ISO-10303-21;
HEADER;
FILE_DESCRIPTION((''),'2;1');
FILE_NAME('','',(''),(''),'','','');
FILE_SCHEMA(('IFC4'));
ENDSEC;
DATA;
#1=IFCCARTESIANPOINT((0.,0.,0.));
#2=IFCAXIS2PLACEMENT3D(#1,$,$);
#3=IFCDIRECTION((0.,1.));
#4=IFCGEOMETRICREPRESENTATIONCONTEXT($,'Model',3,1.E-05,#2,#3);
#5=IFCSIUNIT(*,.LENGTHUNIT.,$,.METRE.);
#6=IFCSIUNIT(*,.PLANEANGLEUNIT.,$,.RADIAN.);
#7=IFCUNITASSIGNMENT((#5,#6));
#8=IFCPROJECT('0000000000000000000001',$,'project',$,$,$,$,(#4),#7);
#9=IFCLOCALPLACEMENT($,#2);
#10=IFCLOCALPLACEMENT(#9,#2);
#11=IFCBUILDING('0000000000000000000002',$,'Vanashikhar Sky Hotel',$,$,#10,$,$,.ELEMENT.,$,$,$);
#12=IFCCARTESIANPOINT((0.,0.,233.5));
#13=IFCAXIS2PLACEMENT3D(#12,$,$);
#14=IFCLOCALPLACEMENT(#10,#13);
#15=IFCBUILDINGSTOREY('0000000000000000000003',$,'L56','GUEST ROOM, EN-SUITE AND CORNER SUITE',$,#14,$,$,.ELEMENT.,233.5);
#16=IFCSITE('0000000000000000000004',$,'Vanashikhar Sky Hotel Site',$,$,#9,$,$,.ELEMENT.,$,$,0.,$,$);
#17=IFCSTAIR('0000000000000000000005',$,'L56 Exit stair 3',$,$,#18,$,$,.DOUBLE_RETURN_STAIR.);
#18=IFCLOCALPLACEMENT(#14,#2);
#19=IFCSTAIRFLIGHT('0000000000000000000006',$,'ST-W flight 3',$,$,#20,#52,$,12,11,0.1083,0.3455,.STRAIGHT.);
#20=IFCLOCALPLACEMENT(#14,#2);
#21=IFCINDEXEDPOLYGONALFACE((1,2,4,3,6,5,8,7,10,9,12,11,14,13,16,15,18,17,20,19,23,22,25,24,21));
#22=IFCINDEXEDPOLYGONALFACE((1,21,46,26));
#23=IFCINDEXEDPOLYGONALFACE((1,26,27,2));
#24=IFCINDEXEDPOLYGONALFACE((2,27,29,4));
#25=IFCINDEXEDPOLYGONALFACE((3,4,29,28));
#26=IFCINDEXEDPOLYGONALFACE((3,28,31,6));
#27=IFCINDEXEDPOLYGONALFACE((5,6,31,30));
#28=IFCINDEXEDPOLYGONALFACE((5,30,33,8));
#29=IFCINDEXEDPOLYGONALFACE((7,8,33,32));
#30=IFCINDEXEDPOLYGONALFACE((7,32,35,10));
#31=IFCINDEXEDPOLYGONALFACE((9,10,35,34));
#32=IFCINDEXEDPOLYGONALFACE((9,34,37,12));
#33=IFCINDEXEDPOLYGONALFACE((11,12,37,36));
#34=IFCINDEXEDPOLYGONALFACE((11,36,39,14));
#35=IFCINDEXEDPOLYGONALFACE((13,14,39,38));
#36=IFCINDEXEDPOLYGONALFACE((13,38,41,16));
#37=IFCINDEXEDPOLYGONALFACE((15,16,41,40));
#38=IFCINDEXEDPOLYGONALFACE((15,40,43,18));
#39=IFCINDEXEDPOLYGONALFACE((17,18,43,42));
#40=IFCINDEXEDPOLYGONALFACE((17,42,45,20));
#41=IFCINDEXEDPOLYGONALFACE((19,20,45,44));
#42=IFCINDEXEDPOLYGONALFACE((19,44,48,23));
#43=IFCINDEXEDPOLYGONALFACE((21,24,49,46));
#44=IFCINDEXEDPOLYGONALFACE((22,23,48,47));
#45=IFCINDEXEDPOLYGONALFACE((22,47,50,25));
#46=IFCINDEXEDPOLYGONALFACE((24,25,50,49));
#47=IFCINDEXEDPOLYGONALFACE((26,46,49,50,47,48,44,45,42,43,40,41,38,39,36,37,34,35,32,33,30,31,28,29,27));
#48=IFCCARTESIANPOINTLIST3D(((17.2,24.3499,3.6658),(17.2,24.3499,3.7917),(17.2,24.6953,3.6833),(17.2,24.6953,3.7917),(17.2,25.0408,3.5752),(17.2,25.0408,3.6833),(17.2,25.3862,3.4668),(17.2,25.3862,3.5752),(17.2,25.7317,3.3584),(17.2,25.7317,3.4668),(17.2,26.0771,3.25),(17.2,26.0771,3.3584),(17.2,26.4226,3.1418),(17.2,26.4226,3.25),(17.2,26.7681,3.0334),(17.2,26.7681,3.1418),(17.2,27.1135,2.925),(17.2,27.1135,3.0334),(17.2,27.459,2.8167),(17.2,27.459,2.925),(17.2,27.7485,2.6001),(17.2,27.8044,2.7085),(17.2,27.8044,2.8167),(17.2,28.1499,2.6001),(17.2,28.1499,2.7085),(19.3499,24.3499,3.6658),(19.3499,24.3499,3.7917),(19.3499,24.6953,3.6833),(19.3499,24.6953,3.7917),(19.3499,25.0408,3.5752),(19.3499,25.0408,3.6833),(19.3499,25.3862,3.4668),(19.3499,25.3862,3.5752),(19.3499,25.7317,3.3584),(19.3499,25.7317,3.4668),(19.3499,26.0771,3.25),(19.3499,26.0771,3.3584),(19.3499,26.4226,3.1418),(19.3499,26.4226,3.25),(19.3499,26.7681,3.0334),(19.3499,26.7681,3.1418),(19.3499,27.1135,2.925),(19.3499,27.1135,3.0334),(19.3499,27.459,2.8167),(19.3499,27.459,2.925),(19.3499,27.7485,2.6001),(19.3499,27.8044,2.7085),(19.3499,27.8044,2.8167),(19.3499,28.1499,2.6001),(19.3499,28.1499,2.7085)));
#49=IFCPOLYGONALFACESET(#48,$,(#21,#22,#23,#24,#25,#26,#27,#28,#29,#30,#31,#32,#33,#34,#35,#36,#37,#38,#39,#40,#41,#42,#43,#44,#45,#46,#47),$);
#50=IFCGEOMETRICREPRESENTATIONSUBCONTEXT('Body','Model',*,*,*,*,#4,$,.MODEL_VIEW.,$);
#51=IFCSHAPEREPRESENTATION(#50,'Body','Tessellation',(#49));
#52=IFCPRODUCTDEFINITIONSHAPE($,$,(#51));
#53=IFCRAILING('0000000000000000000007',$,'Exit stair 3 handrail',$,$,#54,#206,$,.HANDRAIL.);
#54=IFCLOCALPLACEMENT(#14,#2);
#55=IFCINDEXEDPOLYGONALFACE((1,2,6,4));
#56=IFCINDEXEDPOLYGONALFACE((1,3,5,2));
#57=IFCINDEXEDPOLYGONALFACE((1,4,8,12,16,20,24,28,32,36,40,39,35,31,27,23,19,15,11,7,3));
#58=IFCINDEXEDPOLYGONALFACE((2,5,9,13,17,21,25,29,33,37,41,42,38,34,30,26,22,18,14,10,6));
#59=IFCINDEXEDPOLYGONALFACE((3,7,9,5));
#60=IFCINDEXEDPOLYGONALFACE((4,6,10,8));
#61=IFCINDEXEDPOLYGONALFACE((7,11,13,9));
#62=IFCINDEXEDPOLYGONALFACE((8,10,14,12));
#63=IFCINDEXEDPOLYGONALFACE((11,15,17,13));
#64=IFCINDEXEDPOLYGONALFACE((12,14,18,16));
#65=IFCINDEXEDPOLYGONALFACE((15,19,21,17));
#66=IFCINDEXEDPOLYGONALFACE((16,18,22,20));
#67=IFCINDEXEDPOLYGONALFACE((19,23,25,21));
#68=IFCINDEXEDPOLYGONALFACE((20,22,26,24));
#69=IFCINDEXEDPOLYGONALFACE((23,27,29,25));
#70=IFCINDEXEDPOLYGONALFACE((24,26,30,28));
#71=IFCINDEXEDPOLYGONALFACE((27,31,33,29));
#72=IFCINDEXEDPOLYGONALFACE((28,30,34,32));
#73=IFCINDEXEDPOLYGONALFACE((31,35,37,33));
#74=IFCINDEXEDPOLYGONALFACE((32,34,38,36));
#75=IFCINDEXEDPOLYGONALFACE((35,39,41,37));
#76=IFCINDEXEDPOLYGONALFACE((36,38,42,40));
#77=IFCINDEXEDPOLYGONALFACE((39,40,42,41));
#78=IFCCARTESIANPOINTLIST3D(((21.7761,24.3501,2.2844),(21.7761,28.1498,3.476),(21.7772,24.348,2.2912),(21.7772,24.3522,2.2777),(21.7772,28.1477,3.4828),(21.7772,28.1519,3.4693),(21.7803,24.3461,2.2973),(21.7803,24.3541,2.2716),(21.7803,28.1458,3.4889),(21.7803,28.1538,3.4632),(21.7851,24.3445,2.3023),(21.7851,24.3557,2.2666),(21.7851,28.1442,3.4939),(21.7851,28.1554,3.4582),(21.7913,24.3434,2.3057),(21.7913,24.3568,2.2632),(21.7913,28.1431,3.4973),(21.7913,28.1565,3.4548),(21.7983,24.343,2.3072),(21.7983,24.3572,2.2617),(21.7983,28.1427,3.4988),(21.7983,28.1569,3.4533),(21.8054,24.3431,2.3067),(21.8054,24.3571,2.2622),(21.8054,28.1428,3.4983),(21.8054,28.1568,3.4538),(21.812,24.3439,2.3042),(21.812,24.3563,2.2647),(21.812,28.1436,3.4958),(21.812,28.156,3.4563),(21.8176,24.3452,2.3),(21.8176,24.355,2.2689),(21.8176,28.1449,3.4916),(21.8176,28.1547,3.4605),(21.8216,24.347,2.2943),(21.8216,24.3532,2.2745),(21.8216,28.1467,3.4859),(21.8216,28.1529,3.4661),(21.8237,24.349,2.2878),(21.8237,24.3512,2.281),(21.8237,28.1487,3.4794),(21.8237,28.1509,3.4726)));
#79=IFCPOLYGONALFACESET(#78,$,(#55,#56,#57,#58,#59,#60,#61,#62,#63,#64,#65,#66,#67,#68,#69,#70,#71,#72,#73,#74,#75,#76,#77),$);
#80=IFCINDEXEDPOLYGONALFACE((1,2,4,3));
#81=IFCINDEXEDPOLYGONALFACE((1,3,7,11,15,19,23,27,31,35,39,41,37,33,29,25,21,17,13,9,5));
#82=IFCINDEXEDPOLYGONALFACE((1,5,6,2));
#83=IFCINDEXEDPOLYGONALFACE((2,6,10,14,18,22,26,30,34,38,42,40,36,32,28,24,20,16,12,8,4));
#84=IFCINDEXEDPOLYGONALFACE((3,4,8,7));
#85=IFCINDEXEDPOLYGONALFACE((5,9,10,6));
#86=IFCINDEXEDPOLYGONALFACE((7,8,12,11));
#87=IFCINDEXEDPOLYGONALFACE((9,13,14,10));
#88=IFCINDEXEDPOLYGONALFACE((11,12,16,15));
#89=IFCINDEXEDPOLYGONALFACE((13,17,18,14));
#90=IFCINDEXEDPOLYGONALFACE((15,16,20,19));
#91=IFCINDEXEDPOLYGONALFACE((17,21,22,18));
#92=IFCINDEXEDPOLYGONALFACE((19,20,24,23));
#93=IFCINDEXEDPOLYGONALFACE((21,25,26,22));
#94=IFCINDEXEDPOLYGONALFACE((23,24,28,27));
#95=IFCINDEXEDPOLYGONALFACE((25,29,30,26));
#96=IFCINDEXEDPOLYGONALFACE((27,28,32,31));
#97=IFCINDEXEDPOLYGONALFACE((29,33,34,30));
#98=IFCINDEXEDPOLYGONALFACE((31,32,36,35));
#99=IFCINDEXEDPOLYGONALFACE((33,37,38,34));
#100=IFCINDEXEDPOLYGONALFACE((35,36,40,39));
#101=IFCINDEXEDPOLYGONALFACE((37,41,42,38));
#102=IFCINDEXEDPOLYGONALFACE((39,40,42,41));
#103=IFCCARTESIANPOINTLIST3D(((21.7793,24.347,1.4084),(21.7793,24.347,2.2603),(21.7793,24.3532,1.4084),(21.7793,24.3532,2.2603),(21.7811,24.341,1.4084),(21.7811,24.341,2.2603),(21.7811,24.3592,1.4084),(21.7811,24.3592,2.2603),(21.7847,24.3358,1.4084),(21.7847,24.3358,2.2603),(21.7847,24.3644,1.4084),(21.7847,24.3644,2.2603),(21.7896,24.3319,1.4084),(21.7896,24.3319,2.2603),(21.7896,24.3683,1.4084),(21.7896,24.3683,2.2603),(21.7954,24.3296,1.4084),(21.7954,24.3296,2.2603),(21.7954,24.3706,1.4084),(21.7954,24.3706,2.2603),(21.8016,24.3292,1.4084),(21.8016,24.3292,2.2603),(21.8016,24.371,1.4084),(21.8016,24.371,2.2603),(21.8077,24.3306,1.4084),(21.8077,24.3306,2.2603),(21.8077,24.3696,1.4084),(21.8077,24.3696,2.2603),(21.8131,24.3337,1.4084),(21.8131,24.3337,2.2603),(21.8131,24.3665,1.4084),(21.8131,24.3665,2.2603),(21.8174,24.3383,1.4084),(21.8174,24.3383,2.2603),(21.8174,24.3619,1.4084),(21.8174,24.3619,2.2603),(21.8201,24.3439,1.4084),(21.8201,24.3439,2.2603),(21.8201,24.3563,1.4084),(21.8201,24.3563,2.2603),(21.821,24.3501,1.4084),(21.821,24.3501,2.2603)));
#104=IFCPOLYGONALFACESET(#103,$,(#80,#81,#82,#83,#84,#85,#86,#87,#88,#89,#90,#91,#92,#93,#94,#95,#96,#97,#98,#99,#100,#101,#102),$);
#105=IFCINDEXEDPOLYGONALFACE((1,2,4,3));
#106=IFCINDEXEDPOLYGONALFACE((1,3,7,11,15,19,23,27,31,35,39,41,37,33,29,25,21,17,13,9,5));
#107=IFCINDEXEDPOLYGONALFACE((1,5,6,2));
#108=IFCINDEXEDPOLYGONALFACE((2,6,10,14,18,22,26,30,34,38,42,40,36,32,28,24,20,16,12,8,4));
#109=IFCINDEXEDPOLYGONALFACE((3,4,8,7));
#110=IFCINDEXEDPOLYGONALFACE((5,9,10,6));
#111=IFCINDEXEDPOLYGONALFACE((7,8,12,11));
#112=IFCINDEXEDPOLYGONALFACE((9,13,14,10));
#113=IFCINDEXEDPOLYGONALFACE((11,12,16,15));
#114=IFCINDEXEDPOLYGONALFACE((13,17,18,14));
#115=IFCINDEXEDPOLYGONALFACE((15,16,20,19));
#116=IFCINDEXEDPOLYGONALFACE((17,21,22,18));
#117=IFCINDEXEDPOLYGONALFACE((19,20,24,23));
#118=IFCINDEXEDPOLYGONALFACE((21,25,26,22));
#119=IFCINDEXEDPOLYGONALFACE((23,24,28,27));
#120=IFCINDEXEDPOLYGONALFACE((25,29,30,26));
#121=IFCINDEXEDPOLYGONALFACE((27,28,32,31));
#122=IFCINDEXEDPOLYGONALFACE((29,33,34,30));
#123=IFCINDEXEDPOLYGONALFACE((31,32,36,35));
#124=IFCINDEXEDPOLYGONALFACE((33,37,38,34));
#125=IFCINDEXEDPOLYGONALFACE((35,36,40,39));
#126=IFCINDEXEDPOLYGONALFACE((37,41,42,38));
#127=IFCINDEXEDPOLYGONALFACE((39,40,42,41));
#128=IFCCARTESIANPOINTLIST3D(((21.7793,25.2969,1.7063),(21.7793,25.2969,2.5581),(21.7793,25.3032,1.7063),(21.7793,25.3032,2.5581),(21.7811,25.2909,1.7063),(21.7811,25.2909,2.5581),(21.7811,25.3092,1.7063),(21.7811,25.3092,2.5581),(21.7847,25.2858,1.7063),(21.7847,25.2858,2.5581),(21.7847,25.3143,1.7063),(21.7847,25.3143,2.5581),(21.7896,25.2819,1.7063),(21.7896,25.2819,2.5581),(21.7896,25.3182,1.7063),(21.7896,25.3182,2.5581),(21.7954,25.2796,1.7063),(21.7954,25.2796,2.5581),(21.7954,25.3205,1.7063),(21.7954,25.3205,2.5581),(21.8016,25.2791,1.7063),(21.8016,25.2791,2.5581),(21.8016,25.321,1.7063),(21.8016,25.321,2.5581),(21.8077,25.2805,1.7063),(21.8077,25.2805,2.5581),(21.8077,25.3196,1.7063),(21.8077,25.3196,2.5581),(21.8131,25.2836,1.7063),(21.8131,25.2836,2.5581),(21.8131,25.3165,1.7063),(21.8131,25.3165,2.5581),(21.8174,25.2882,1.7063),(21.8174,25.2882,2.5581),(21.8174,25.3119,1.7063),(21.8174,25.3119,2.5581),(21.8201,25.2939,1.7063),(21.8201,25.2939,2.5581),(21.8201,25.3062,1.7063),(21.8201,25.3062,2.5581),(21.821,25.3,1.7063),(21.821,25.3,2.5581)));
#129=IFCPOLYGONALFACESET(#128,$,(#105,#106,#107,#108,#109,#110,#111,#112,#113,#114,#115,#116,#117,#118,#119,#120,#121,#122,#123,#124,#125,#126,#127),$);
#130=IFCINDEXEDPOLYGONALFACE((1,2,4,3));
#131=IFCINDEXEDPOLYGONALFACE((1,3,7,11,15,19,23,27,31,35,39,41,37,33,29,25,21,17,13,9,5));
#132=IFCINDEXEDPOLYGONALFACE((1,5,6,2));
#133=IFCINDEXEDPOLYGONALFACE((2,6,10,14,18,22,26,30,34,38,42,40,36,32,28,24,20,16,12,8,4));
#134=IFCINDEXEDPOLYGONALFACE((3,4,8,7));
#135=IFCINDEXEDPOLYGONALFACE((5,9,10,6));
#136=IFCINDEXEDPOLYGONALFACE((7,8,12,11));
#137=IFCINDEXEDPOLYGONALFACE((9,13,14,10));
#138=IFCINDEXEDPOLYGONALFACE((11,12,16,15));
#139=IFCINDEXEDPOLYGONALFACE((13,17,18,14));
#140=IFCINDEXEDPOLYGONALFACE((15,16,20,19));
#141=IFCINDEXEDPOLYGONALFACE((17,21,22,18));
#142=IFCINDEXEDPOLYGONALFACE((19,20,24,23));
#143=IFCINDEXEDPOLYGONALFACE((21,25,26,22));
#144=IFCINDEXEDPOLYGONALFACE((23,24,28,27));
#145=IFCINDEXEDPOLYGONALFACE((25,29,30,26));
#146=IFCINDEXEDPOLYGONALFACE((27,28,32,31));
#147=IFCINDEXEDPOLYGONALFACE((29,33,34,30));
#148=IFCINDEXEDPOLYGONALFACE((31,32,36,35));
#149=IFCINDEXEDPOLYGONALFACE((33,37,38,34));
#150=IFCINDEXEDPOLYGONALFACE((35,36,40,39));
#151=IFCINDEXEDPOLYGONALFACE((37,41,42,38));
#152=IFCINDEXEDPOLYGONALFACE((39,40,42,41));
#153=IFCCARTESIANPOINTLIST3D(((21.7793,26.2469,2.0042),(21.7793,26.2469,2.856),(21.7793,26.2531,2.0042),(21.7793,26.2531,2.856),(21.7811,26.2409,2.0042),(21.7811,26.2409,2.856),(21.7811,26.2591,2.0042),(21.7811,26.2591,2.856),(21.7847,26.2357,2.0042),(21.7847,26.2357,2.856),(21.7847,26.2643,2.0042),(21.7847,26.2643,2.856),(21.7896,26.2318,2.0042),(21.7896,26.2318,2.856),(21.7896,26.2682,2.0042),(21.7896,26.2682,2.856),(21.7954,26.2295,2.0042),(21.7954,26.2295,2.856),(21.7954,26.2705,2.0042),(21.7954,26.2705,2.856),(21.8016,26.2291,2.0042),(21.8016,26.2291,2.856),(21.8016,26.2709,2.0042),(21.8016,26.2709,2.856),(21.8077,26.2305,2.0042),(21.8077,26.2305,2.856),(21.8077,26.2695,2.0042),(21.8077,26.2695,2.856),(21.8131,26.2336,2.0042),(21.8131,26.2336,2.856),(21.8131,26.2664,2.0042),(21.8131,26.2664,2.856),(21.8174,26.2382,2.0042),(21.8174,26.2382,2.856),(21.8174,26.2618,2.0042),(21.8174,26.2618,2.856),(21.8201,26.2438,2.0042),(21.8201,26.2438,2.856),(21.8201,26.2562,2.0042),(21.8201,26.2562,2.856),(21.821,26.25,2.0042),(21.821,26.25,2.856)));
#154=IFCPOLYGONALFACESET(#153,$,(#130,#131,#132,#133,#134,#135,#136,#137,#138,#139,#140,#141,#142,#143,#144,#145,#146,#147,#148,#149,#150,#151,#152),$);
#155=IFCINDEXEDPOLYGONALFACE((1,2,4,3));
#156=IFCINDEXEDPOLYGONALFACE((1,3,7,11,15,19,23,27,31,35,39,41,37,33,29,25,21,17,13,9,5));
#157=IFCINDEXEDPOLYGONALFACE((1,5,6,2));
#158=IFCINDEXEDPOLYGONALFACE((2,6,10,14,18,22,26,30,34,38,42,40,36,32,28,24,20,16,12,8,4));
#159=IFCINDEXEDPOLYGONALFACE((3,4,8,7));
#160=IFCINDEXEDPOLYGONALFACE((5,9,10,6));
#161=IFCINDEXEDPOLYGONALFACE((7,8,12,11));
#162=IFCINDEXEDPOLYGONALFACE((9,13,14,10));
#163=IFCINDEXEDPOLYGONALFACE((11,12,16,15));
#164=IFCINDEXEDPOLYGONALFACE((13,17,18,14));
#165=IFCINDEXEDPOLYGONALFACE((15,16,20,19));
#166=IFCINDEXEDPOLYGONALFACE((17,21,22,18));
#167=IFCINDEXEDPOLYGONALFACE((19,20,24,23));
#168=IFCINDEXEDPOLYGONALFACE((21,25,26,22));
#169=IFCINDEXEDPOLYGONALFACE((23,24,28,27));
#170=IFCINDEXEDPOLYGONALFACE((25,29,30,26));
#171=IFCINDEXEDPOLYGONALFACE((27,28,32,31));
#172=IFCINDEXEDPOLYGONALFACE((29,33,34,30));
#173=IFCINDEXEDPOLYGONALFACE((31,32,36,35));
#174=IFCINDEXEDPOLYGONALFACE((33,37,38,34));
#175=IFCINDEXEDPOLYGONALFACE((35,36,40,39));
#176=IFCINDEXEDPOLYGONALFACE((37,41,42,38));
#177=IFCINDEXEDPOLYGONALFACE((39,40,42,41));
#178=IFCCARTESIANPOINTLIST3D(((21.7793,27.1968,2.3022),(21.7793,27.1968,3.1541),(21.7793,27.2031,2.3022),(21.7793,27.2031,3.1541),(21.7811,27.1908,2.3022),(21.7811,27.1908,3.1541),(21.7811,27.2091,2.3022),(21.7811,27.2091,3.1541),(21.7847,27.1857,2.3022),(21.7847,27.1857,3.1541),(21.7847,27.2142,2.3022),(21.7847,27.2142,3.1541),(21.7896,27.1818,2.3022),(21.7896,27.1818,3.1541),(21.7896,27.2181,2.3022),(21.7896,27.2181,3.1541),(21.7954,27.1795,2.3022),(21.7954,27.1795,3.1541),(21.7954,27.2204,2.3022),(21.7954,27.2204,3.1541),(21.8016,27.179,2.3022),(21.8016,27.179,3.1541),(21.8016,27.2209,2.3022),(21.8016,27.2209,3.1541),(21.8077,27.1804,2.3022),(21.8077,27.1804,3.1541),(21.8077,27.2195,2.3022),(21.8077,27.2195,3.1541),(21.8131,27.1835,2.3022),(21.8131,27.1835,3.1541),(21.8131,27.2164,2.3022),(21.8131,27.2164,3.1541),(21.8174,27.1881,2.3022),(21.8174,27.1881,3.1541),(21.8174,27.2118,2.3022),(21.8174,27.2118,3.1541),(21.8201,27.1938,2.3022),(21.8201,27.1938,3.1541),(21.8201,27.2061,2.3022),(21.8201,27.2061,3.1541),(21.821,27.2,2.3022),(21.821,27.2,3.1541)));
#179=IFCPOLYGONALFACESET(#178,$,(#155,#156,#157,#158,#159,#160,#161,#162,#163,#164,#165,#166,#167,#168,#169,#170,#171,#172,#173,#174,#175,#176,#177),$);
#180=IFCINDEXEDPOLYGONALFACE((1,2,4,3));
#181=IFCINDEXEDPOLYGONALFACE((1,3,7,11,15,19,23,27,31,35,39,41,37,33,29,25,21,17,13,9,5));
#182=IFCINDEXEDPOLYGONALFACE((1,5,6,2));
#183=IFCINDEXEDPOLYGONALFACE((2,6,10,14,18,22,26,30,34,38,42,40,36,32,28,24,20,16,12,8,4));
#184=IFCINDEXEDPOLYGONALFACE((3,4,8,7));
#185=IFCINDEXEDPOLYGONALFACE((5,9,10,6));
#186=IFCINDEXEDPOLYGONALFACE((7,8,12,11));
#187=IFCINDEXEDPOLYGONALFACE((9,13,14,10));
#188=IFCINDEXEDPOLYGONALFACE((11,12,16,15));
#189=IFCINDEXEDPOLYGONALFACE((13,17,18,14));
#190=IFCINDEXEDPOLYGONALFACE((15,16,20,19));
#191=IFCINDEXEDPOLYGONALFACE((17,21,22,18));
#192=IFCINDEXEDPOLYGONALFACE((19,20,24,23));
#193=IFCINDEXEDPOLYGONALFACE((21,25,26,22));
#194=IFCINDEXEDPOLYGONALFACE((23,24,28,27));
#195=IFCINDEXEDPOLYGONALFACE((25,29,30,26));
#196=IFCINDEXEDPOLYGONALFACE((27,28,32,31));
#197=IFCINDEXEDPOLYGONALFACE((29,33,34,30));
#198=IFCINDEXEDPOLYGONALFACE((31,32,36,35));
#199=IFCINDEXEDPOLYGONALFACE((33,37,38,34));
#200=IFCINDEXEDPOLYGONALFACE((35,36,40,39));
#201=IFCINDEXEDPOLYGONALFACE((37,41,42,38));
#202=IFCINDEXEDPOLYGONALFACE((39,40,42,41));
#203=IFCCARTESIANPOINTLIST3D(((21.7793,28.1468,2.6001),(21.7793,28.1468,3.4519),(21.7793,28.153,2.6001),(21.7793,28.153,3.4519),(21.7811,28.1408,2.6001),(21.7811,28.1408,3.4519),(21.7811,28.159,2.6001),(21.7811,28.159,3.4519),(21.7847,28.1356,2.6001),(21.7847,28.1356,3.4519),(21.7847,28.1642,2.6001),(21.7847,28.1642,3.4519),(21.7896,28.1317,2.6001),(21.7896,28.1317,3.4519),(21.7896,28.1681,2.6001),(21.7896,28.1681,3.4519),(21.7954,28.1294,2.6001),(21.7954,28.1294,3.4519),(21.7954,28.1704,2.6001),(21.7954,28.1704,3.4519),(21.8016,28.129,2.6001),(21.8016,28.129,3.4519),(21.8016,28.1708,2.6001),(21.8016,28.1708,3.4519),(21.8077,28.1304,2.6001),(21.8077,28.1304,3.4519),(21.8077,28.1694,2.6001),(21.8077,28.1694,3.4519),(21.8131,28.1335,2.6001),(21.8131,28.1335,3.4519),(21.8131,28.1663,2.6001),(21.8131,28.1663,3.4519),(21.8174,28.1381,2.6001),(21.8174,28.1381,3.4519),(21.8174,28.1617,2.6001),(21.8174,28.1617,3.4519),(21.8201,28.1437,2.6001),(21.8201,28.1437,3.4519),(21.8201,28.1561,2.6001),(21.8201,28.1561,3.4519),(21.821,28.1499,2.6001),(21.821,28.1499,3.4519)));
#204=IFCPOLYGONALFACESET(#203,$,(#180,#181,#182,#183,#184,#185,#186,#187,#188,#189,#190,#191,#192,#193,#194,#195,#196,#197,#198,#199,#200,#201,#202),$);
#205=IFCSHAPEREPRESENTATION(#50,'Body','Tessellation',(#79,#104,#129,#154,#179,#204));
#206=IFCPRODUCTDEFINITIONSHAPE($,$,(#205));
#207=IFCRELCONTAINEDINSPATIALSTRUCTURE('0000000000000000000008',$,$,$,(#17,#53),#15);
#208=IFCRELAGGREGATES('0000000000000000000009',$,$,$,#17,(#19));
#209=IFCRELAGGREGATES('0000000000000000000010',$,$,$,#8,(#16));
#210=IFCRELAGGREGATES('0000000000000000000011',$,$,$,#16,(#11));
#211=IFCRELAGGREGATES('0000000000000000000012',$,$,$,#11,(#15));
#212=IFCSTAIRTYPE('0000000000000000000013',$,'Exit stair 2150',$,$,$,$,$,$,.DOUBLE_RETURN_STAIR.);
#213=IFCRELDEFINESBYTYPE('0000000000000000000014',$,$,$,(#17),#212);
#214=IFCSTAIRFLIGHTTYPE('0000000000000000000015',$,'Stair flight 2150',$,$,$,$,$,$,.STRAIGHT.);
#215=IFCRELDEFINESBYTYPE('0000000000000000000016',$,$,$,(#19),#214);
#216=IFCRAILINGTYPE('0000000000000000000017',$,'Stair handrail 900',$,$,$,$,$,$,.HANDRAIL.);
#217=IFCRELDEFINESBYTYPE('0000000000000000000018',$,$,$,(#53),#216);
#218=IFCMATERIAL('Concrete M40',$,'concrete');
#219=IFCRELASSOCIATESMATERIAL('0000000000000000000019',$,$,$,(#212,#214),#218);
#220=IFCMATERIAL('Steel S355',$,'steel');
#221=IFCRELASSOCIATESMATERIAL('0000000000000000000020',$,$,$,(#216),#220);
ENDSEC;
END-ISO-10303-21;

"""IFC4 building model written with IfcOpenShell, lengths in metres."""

from ifc_helpers import new_model, si_unit, direction, frame, origin, origin_2d, place, context, subcontext, project, spatial, polyline, circle, outline, extrude, source, transform, mapped, material, type_object, element, aggregate, save


model = new_model("IFC4")

# Units and contexts
model_context = context("Model", 3, precision=1e-05, world=origin(), true_north=direction((0.0, 1.0)))
body_context = subcontext(model_context, "Body", "Model", "MODEL_VIEW")
ifc_project = project(units=[si_unit("LENGTHUNIT", "METRE"), si_unit("PLANEANGLEUNIT", "RADIAN")], contexts=[model_context])

# Site, building, storey
site_placement = place(None, origin())
site = spatial("IfcSite", under=ifc_project, at=site_placement, Name="Vanashikhar Sky Hotel Site", CompositionType="ELEMENT", RefElevation=0.0)
building_placement = place(site_placement, origin())
building = spatial("IfcBuilding", under=site, at=building_placement, Name="Vanashikhar Sky Hotel", CompositionType="ELEMENT")
storey_placement = place(building_placement, frame((0.0, 0.0, 233.5)))
storey = spatial("IfcBuildingStorey", under=building, at=storey_placement, Name="L56", Description="GUEST ROOM, EN-SUITE AND CORNER SUITE", CompositionType="ELEMENT", Elevation=233.5)

# Stair, stair flight
ifc_material_1 = material(Name="Concrete M40", Category="concrete")
stair_type = type_object("IfcStairType", Name="Exit stair 2150", PredefinedType="DOUBLE_RETURN_STAIR", material=ifc_material_1)
stair_placement = place(storey_placement, origin())
stair = element("IfcStair", 1, at=stair_placement, inside=storey, type_object=stair_type, Name="L56 Exit stair 3", PredefinedType="DOUBLE_RETURN_STAIR")
stair_flight_type = type_object("IfcStairFlightType", Name="Stair flight 2150", PredefinedType="STRAIGHT", material=ifc_material_1)
shared_shape_1 = source(origin(), body_context, "Body", "SweptSolid", [
    extrude(outline(polyline([(0.0, 0.0), (0.0, 0.1084), (0.3455, 0.1084), (0.3455, 0.2166), (0.6909, 0.2166), (0.6909, 0.325), (1.0364, 0.325), (1.0364, 0.4333), (1.3818, 0.4333), (1.3818, 0.5417), (1.7273, 0.5417), (1.7273, 0.6499), (2.0728, 0.6499), (2.0728, 0.7583), (2.4182, 0.7583), (2.4182, 0.8667), (2.7637, 0.8667), (2.7637, 0.9751), (3.1091, 0.9751), (3.1091, 1.0833), (3.4546, 1.0833), (3.4546, 1.1917), (3.8, 1.1917), (3.8, 1.3), (3.8, 1.0657), (0.4014, 0.0), (0.0, 0.0)])), frame((0.0, 1.075, 0.0), z_axis=(0.0, -1.0, 0.0), x_axis=(1.0, 0.0, 0.0)), (0.0, 0.0, 1.0), 2.1499),
])
stair_flight_1_placement = place(storey_placement, frame((18.2749, 28.1499, 2.6001), z_axis=(0.0, 0.0, 1.0), x_axis=(0.0, -1.0, 0.0)))
stair_flight_1 = element("IfcStairFlight", 2, at=stair_flight_1_placement, type_object=stair_flight_type, Name="ST-W flight 3", NumberOfRisers=12, NumberOfTreads=11, PredefinedType="STRAIGHT", RiserHeight=0.1083, TreadLength=0.3455, context=body_context, shape_type="MappedRepresentation", body=[
    mapped(shared_shape_1, transform((0.0, 0.0, 0.0), scale=1.0)),
])
aggregate(stair, [stair_flight_1])

# Railing
ifc_material_2 = material(Name="Steel S355", Category="steel")
railing_type = type_object("IfcRailingType", Name="Stair handrail 900", PredefinedType="HANDRAIL", material=ifc_material_2)
shared_shape_2 = source(origin(), body_context, "Body", "SweptSolid", [
    extrude(circle(Radius=0.0239, at=origin_2d()), frame((0.0, 0.0, 0.876), z_axis=(0.0, 0.954178, 0.299238), x_axis=(-1.0, 0.0, 0.0)), (0.0, 0.0, 1.0), 3.9822),
    extrude(circle(Radius=0.021, at=origin_2d()), origin(), (0.0, 0.0, 1.0), 0.8518),
    extrude(circle(Radius=0.021, at=origin_2d()), frame((0.0, 0.95, 0.2979)), (0.0, 0.0, 1.0), 0.8518),
    extrude(circle(Radius=0.021, at=origin_2d()), frame((0.0, 1.8999, 0.5957)), (0.0, 0.0, 1.0), 0.8518),
    extrude(circle(Radius=0.021, at=origin_2d()), frame((0.0, 2.8499, 0.8938)), (0.0, 0.0, 1.0), 0.8518),
    extrude(circle(Radius=0.021, at=origin_2d()), frame((0.0, 3.7998, 1.1917)), (0.0, 0.0, 1.0), 0.8518),
])
railing_placement = place(storey_placement, frame((21.8, 24.3501, 1.4084)))
element("IfcRailing", 3, at=railing_placement, inside=storey, type_object=railing_type, Name="Exit stair 3 handrail", PredefinedType="HANDRAIL", context=body_context, shape_type="MappedRepresentation", body=[
    mapped(shared_shape_2, transform((0.0, 0.0, 0.0), scale=1.0)),
])

save(model, "model.ifc")
